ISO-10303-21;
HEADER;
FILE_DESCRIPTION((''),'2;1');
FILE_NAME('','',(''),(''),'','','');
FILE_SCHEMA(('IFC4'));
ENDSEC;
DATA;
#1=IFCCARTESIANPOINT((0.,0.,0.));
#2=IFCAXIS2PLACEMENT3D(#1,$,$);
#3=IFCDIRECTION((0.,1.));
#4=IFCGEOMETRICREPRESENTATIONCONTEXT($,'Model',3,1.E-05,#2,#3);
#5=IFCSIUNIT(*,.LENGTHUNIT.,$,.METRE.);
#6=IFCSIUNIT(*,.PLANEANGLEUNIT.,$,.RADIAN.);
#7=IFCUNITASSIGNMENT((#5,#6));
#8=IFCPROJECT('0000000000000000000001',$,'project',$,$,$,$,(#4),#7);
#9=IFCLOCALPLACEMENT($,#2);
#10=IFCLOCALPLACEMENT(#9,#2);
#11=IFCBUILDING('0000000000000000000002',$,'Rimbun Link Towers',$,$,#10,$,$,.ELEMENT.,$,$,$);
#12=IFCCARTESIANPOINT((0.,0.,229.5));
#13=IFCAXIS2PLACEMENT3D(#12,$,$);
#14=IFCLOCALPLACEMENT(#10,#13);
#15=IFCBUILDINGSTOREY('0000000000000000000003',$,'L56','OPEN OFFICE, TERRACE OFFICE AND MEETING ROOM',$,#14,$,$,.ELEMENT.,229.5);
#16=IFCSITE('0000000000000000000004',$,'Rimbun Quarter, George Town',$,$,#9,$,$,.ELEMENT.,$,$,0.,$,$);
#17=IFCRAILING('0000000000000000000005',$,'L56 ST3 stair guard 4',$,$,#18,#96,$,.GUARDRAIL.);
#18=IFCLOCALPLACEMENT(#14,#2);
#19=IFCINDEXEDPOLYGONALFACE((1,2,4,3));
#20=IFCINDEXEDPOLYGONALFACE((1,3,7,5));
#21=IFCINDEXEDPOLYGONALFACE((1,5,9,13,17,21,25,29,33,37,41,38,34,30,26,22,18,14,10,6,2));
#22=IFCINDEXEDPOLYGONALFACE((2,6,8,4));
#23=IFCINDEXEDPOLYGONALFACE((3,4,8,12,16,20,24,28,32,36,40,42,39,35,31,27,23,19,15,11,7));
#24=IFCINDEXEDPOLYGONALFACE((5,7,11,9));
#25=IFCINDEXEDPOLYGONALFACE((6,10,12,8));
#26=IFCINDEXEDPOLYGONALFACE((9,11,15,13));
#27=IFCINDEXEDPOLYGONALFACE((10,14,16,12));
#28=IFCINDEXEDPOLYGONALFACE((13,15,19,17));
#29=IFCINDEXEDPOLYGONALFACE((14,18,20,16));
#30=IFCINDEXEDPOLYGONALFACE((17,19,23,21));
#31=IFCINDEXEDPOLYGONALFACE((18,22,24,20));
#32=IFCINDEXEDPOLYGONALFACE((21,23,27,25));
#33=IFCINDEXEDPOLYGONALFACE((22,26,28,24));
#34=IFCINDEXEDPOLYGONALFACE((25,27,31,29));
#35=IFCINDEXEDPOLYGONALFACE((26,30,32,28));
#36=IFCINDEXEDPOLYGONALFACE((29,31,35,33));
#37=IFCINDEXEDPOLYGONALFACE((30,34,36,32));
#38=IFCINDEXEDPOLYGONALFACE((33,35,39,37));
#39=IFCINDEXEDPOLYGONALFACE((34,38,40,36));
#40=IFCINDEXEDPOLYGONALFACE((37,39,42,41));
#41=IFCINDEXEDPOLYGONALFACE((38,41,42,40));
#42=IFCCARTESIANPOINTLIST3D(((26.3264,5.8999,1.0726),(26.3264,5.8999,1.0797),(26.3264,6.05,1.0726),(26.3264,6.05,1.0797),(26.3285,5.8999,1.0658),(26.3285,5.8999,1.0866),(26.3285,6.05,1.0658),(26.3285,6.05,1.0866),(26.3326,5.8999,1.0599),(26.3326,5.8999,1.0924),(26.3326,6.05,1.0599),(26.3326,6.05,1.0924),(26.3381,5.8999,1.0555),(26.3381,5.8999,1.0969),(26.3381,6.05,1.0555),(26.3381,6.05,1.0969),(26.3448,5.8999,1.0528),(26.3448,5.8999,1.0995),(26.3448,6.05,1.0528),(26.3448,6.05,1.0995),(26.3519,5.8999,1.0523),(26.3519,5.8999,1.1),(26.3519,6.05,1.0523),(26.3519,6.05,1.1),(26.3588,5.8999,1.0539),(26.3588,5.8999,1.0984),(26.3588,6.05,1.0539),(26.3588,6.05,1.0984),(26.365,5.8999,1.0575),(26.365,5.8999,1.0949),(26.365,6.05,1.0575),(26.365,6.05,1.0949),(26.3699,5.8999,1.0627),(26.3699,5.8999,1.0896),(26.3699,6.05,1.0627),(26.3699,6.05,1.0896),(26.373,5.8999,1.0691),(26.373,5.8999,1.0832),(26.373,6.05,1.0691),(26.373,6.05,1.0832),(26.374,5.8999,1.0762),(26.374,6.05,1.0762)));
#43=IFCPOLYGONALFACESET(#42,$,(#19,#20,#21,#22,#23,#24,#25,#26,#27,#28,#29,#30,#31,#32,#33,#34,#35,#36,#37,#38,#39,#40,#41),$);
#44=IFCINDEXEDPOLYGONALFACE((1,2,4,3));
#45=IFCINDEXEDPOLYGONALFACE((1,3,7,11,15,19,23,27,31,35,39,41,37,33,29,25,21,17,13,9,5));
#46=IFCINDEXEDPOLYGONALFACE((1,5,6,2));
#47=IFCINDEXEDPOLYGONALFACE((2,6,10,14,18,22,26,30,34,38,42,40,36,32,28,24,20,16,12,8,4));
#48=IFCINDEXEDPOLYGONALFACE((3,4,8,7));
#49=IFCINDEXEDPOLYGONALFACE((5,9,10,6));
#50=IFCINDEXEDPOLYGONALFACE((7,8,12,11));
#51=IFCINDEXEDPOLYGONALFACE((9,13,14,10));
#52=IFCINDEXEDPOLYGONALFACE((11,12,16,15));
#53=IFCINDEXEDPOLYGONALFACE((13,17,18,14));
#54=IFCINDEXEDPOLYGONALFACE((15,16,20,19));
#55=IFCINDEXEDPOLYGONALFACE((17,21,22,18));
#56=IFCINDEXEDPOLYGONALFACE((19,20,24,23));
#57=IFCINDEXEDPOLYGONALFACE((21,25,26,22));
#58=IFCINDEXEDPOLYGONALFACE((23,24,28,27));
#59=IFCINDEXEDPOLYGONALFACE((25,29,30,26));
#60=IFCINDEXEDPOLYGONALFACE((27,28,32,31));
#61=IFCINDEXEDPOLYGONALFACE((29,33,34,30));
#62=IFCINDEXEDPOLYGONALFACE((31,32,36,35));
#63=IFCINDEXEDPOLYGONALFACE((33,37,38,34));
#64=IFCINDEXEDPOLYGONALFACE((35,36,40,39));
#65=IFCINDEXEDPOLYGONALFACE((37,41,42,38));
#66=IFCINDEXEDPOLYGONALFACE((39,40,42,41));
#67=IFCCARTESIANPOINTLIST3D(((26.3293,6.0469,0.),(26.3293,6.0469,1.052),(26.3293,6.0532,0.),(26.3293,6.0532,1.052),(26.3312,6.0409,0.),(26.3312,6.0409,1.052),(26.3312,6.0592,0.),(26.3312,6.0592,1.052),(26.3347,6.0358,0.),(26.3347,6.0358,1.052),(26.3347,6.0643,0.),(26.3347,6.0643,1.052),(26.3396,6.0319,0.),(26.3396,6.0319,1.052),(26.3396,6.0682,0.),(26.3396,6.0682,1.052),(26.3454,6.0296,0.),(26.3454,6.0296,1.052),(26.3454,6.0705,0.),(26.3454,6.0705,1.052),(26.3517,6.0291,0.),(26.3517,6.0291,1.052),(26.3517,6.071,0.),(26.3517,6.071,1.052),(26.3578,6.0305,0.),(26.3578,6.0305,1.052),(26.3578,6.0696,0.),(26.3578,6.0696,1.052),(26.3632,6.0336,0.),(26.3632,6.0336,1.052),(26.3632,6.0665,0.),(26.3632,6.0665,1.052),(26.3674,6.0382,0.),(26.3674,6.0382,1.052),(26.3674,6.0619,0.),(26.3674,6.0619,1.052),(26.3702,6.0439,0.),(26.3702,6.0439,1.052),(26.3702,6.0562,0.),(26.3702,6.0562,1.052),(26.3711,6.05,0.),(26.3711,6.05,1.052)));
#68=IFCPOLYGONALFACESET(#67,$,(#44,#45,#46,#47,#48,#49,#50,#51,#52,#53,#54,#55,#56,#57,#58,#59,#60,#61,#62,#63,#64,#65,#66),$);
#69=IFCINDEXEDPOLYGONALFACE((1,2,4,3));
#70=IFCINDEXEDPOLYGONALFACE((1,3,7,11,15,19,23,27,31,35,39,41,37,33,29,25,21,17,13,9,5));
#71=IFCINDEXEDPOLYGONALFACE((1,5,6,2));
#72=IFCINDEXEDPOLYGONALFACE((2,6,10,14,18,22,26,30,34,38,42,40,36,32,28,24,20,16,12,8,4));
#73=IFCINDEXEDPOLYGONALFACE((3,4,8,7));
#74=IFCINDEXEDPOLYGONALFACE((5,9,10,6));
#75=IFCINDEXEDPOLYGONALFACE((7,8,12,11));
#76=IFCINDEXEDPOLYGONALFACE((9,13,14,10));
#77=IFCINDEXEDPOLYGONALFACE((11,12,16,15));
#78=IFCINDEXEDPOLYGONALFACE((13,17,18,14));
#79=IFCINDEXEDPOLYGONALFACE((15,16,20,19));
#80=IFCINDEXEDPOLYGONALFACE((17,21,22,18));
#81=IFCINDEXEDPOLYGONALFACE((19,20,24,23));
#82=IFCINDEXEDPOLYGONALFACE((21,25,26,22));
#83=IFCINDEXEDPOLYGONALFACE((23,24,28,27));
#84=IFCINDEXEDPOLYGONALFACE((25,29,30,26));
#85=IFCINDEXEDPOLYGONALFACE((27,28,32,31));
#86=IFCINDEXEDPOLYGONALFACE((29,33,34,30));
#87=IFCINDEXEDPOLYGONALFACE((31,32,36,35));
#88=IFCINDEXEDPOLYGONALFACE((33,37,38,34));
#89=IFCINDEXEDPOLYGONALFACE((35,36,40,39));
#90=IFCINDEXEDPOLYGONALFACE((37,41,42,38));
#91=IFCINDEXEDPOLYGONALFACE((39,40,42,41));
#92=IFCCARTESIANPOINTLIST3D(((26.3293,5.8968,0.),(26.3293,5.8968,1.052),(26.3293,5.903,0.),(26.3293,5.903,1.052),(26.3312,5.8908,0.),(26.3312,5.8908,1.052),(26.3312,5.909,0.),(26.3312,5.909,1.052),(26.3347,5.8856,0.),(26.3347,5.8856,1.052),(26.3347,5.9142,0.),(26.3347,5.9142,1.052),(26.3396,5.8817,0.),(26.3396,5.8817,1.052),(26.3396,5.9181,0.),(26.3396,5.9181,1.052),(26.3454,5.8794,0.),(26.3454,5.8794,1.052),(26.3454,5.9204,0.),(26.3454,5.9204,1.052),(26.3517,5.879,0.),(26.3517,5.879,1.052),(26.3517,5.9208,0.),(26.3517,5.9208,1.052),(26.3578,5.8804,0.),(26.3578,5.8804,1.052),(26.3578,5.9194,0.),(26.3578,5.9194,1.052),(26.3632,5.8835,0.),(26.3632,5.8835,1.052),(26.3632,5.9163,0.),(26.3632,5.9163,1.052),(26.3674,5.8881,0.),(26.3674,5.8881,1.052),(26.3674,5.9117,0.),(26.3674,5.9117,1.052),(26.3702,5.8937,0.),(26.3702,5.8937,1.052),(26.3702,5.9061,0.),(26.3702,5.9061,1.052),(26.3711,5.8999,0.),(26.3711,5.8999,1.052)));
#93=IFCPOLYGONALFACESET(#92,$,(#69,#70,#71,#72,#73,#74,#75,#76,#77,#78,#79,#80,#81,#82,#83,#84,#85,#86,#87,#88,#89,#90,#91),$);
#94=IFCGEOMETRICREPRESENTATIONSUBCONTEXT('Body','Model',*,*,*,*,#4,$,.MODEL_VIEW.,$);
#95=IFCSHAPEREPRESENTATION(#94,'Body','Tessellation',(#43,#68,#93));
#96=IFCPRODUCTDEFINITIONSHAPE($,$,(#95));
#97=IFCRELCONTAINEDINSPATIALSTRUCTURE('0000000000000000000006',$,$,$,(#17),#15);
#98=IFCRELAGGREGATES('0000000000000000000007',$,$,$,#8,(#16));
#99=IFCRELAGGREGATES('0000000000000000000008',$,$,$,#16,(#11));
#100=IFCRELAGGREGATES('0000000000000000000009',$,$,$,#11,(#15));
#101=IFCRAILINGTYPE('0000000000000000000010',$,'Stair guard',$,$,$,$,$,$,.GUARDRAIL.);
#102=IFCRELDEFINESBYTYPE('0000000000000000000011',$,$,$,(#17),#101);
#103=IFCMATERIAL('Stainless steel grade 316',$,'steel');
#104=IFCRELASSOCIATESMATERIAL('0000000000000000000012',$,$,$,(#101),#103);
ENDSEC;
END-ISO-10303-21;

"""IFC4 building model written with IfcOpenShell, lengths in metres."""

from ifc_helpers import new_model, si_unit, direction, frame, origin, origin_2d, place, context, subcontext, project, spatial, circle, extrude, material, type_object, element, save


model = new_model("IFC4")

# Units and contexts
model_context = context("Model", 3, precision=1e-05, world=origin(), true_north=direction((0.0, 1.0)))
body_context = subcontext(model_context, "Body", "Model", "MODEL_VIEW")
ifc_project = project(units=[si_unit("LENGTHUNIT", "METRE"), si_unit("PLANEANGLEUNIT", "RADIAN")], contexts=[model_context])

# Site, building, storey
site_placement = place(None, origin())
site = spatial("IfcSite", under=ifc_project, at=site_placement, Name="Rimbun Quarter, George Town", CompositionType="ELEMENT", RefElevation=0.0)
building_placement = place(site_placement, origin())
building = spatial("IfcBuilding", under=site, at=building_placement, Name="Rimbun Link Towers", CompositionType="ELEMENT")
storey_placement = place(building_placement, frame((0.0, 0.0, 229.5)))
storey = spatial("IfcBuildingStorey", under=building, at=storey_placement, Name="L56", Description="OPEN OFFICE, TERRACE OFFICE AND MEETING ROOM", CompositionType="ELEMENT", Elevation=229.5)

# Railing
ifc_material_1 = material(Name="Stainless steel grade 316", Category="steel")
railing_type_1 = type_object("IfcRailingType", Name="Stair guard", PredefinedType="GUARDRAIL", material=ifc_material_1)
railing_1_placement = place(storey_placement, frame((26.3501, 6.05, 0.0)))
element("IfcRailing", 1, at=railing_1_placement, inside=storey, type_object=railing_type_1, Name="L56 ST3 stair guard 4", PredefinedType="GUARDRAIL", context=body_context, shape_type="SweptSolid", body=[
    extrude(circle(Radius=0.0239, at=origin_2d()), frame((0.0, 0.0, 1.0762), z_axis=(0.0, -1.0, 0.0), x_axis=(1.0, 0.0, 0.0)), (0.0, 0.0, 1.0), 0.1501),
    extrude(circle(Radius=0.021, at=origin_2d()), origin(), (0.0, 0.0, 1.0), 1.052),
    extrude(circle(Radius=0.021, at=origin_2d()), frame((0.0, -0.1501, 0.0)), (0.0, 0.0, 1.0), 1.052),
])

save(model, "model.ifc")
